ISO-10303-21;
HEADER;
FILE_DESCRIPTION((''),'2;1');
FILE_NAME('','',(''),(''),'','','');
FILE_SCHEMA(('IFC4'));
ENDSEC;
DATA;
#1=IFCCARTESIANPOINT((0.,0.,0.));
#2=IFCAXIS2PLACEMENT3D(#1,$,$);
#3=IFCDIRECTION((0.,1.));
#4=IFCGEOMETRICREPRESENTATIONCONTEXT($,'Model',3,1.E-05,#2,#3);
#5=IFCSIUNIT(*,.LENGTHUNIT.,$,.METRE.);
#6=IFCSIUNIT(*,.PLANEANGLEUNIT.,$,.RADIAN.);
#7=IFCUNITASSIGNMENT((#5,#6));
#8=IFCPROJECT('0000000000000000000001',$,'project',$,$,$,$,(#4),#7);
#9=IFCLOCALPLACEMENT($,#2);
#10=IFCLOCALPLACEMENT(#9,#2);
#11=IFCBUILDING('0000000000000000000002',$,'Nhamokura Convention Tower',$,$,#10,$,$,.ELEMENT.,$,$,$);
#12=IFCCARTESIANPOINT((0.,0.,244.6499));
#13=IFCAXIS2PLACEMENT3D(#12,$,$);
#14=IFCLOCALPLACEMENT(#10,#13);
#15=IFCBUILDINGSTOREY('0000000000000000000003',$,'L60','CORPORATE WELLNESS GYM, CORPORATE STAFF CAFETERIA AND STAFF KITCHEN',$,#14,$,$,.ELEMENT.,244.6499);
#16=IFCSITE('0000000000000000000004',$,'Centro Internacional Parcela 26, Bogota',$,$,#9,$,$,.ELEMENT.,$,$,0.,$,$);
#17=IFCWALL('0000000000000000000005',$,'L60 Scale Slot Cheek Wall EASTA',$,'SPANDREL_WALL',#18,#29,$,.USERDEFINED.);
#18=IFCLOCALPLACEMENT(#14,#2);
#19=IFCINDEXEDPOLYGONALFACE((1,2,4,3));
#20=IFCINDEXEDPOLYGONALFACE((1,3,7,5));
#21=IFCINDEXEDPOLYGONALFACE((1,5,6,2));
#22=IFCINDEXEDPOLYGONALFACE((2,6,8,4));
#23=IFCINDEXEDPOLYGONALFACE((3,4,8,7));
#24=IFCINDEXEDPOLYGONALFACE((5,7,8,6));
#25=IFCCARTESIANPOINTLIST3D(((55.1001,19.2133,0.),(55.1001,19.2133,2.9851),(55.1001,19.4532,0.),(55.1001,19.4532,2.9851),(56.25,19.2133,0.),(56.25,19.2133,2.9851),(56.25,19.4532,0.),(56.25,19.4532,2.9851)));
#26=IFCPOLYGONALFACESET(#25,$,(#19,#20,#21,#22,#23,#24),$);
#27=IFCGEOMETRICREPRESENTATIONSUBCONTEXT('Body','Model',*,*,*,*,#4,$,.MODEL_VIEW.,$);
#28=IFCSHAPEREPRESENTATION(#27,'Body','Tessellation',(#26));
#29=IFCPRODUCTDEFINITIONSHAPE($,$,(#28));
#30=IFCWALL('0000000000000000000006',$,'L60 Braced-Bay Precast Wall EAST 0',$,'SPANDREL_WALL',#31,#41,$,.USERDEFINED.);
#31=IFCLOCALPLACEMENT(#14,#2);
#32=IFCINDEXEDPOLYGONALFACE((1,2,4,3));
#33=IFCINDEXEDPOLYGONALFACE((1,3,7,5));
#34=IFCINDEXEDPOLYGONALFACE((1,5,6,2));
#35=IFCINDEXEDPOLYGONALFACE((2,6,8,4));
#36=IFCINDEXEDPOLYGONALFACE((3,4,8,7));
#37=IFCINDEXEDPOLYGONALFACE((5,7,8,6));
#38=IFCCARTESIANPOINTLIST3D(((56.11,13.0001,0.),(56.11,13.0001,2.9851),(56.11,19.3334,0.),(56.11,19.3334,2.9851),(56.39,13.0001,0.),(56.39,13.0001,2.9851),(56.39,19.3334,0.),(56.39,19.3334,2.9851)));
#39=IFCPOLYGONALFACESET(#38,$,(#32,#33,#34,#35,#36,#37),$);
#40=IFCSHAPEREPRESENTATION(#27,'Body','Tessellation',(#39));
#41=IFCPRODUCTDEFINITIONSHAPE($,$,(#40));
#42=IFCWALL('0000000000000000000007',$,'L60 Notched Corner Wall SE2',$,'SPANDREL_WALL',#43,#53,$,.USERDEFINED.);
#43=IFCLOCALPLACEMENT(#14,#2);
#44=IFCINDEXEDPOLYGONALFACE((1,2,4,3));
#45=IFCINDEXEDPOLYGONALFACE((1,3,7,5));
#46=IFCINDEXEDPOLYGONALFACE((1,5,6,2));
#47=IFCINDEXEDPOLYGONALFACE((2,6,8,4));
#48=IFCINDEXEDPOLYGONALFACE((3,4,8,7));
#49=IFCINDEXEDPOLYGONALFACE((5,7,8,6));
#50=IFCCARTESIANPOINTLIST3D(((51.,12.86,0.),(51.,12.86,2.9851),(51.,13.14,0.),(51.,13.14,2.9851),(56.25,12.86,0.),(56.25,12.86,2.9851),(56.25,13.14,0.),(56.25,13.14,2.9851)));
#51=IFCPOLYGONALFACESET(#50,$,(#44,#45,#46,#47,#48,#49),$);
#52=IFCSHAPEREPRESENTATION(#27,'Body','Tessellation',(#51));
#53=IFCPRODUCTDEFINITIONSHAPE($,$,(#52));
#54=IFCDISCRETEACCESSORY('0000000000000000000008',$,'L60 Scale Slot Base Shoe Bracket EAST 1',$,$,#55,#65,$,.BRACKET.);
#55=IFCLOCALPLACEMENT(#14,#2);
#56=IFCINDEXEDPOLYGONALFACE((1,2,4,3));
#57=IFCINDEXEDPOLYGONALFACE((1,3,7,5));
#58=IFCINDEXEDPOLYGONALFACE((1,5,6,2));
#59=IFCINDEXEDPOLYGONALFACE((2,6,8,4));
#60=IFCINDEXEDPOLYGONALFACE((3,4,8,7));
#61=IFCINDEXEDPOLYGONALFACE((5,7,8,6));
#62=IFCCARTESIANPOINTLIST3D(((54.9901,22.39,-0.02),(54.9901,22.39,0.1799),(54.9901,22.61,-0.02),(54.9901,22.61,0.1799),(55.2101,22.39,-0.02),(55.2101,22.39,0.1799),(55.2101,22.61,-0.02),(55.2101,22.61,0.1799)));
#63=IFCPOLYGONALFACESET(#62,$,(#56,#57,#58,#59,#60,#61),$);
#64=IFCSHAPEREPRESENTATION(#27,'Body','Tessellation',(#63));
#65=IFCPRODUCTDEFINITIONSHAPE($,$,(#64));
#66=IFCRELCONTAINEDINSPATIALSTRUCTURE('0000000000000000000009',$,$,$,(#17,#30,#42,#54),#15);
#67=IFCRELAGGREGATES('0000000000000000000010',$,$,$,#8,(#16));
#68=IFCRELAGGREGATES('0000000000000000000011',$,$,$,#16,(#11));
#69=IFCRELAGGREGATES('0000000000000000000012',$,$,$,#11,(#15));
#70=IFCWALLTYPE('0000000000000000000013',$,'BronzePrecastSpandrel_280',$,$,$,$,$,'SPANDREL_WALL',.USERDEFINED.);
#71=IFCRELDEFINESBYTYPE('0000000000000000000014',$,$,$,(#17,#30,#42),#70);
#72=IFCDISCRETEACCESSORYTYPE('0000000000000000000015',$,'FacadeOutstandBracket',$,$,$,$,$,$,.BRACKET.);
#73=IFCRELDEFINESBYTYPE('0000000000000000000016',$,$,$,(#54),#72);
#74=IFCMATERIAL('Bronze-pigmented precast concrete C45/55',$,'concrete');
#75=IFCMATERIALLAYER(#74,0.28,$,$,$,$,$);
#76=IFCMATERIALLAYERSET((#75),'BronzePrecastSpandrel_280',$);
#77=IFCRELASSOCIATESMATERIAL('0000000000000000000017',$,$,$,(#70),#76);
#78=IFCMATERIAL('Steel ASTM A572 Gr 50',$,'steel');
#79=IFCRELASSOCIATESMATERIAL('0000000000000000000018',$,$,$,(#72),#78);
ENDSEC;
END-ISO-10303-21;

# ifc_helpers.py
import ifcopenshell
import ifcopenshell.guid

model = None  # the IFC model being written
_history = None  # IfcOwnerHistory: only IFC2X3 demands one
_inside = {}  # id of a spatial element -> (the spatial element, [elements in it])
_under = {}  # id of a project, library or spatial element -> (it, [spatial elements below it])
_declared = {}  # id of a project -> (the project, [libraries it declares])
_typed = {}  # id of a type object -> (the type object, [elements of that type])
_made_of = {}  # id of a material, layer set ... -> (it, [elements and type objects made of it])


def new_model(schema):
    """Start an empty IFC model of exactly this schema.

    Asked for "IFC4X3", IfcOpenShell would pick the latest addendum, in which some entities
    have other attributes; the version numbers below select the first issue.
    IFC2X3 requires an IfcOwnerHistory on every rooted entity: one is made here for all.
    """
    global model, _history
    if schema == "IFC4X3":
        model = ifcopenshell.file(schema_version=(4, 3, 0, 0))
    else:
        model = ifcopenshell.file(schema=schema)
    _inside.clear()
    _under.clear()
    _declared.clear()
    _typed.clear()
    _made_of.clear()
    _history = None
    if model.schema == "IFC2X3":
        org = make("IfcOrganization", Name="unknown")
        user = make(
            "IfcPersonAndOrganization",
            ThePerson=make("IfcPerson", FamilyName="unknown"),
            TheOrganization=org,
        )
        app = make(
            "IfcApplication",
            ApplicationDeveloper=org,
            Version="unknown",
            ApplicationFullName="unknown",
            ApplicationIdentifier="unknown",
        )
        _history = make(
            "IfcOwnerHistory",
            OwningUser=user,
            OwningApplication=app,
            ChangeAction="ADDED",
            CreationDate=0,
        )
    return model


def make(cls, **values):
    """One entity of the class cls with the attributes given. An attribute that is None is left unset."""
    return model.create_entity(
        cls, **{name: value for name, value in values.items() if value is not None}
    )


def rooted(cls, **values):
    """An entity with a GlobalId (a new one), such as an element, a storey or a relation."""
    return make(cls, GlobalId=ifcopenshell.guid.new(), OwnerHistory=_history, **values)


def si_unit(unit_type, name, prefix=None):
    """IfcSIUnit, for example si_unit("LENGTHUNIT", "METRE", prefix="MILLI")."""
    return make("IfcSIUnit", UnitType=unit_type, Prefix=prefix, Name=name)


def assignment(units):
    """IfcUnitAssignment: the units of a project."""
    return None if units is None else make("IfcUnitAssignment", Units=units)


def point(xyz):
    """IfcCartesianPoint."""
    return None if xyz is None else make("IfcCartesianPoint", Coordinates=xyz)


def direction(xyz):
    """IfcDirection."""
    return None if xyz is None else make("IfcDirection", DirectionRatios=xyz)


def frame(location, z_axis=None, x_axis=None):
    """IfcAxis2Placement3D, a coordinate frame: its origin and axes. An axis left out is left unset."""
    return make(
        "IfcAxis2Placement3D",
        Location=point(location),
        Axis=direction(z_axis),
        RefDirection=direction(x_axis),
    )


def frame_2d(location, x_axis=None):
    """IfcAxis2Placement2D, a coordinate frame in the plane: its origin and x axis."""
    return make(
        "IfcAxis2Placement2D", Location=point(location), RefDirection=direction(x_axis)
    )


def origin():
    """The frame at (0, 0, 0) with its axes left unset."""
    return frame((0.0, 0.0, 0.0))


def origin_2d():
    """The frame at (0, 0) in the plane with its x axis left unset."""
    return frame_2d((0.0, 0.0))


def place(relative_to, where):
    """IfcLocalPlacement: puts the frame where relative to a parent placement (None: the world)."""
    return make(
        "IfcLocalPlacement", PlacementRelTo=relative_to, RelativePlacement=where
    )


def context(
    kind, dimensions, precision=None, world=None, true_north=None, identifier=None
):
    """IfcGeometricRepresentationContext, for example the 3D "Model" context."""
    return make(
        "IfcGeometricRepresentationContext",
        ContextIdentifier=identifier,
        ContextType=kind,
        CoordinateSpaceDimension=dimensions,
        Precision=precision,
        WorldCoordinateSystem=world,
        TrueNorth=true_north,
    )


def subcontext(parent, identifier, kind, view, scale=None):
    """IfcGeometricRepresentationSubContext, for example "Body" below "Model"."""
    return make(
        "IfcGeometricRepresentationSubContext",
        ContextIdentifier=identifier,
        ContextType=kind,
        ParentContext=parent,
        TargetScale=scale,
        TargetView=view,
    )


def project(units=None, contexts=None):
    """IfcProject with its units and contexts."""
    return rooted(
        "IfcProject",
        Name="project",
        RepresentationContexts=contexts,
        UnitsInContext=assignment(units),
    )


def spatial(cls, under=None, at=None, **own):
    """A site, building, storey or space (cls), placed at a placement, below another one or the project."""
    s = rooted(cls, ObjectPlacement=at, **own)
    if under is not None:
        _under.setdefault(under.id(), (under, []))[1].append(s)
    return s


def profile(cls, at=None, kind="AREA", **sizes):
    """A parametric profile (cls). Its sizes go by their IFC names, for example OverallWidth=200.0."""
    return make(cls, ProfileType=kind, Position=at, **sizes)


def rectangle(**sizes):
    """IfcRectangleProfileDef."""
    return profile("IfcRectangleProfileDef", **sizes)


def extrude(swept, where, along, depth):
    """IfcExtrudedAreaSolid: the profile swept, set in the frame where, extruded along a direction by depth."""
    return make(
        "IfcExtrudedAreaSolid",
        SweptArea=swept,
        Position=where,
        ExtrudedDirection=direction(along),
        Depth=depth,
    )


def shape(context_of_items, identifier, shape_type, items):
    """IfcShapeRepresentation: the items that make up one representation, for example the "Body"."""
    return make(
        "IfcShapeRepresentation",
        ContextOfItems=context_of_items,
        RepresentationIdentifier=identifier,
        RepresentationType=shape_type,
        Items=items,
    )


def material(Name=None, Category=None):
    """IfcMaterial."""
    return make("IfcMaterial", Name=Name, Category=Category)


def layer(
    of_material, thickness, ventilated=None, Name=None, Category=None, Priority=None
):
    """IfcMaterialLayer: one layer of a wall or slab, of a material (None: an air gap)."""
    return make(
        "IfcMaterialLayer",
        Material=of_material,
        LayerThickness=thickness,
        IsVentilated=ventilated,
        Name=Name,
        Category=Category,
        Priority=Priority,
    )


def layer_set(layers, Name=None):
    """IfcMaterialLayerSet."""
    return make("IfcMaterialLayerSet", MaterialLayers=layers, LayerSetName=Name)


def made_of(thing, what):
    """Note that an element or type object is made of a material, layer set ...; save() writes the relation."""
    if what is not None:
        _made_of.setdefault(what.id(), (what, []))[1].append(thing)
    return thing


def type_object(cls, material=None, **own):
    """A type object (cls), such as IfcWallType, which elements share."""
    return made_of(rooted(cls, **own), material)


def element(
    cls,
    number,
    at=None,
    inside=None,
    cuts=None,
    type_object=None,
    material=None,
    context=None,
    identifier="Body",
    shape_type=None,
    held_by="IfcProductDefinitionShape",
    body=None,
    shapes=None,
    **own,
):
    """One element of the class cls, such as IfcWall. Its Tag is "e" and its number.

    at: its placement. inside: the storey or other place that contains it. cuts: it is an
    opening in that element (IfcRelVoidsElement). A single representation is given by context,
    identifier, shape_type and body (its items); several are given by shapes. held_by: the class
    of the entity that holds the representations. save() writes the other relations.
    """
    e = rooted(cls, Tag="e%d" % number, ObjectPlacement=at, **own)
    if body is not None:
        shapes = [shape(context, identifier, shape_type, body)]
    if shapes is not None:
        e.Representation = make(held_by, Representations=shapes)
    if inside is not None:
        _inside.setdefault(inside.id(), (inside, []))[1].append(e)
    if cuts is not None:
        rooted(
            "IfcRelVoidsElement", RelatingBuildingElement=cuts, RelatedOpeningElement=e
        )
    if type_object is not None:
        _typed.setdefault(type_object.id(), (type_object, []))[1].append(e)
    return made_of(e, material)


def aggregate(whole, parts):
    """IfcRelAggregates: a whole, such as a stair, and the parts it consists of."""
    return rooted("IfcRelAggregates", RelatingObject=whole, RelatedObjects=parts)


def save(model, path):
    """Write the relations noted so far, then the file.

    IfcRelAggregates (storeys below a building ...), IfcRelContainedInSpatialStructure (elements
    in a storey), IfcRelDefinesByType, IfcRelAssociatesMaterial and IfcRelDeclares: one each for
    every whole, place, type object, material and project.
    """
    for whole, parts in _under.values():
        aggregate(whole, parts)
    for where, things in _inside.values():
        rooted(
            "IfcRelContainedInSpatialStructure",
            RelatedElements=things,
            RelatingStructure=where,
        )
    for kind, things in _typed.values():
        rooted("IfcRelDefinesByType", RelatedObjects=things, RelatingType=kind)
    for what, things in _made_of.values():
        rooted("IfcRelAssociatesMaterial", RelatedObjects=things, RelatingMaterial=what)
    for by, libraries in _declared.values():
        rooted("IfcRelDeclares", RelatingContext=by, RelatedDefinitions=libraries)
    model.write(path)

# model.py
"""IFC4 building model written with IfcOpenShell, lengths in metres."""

from ifc_helpers import new_model, si_unit, direction, frame, frame_2d, origin, origin_2d, place, context, subcontext, project, spatial, rectangle, extrude, material, layer, layer_set, type_object, element, save


model = new_model("IFC4")

# Units and contexts
model_context = context("Model", 3, precision=1e-05, world=origin(), true_north=direction((0.0, 1.0)))
body_context = subcontext(model_context, "Body", "Model", "MODEL_VIEW")
ifc_project = project(units=[si_unit("LENGTHUNIT", "METRE"), si_unit("PLANEANGLEUNIT", "RADIAN")], contexts=[model_context])

# Site, building, storey
site_placement = place(None, origin())
site = spatial("IfcSite", under=ifc_project, at=site_placement, Name="Centro Internacional Parcela 26, Bogota", CompositionType="ELEMENT", RefElevation=0.0)
building_placement = place(site_placement, origin())
building = spatial("IfcBuilding", under=site, at=building_placement, Name="Nhamokura Convention Tower", CompositionType="ELEMENT")
storey_placement = place(building_placement, frame((0.0, 0.0, 244.6499)))
storey = spatial("IfcBuildingStorey", under=building, at=storey_placement, Name="L60", Description="CORPORATE WELLNESS GYM, CORPORATE STAFF CAFETERIA AND STAFF KITCHEN", CompositionType="ELEMENT", Elevation=244.6499)

# Walls
ifc_material_1 = material(Name="Bronze-pigmented precast concrete C45/55", Category="concrete")
ifc_layer_1 = layer(ifc_material_1, 0.28)
ifc_layer_set_1 = layer_set([ifc_layer_1], Name="BronzePrecastSpandrel_280")
wall_type = type_object("IfcWallType", Name="BronzePrecastSpandrel_280", ElementType="SPANDREL_WALL", PredefinedType="USERDEFINED", material=ifc_layer_set_1)
wall_1_placement = place(storey_placement, frame((56.25, 19.3333, 0.0), z_axis=(0.0, 0.0, 1.0), x_axis=(-1.0, 0.0, 0.0)))
element("IfcWall", 1, at=wall_1_placement, inside=storey, type_object=wall_type, Name="L60 Scale Slot Cheek Wall EASTA", ObjectType="SPANDREL_WALL", PredefinedType="USERDEFINED", context=body_context, shape_type="SweptSolid", body=[
    extrude(rectangle(XDim=1.1499, YDim=0.24, at=frame_2d((0.575, 0.0))), origin(), (0.0, 0.0, 1.0), 2.9851),
])
wall_2_placement = place(storey_placement, frame((56.25, 19.3333, 0.0), z_axis=(0.0, 0.0, 1.0), x_axis=(0.0, -1.0, 0.0)))
element("IfcWall", 2, at=wall_2_placement, inside=storey, type_object=wall_type, Name="L60 Braced-Bay Precast Wall EAST 0", ObjectType="SPANDREL_WALL", PredefinedType="USERDEFINED", context=body_context, shape_type="SweptSolid", body=[
    extrude(rectangle(XDim=6.3333, YDim=0.28, at=frame_2d((3.1665, 0.0))), origin(), (0.0, 0.0, 1.0), 2.9851),
])
wall_3_placement = place(storey_placement, frame((56.25, 13.0, 0.0), z_axis=(0.0, 0.0, 1.0), x_axis=(-1.0, 0.0, 0.0)))
element("IfcWall", 3, at=wall_3_placement, inside=storey, type_object=wall_type, Name="L60 Notched Corner Wall SE2", ObjectType="SPANDREL_WALL", PredefinedType="USERDEFINED", context=body_context, shape_type="SweptSolid", body=[
    extrude(rectangle(XDim=5.25, YDim=0.28, at=frame_2d((2.625, 0.0))), origin(), (0.0, 0.0, 1.0), 2.9851),
])

# Discrete accessory
ifc_material_2 = material(Name="Steel ASTM A572 Gr 50", Category="steel")
discrete_accessory_type = type_object("IfcDiscreteAccessoryType", Name="FacadeOutstandBracket", PredefinedType="BRACKET", material=ifc_material_2)
discrete_accessory_placement = place(storey_placement, frame((55.1001, 22.5, -0.02), z_axis=(0.0, 0.0, 1.0), x_axis=(1.0, 0.0, 0.0)))
element("IfcDiscreteAccessory", 4, at=discrete_accessory_placement, inside=storey, type_object=discrete_accessory_type, Name="L60 Scale Slot Base Shoe Bracket EAST 1", PredefinedType="BRACKET", context=body_context, shape_type="SweptSolid", body=[
    extrude(rectangle(XDim=0.22, YDim=0.22, at=origin_2d()), origin(), (0.0, 0.0, 1.0), 0.2),
])

save(model, "model.ifc")
